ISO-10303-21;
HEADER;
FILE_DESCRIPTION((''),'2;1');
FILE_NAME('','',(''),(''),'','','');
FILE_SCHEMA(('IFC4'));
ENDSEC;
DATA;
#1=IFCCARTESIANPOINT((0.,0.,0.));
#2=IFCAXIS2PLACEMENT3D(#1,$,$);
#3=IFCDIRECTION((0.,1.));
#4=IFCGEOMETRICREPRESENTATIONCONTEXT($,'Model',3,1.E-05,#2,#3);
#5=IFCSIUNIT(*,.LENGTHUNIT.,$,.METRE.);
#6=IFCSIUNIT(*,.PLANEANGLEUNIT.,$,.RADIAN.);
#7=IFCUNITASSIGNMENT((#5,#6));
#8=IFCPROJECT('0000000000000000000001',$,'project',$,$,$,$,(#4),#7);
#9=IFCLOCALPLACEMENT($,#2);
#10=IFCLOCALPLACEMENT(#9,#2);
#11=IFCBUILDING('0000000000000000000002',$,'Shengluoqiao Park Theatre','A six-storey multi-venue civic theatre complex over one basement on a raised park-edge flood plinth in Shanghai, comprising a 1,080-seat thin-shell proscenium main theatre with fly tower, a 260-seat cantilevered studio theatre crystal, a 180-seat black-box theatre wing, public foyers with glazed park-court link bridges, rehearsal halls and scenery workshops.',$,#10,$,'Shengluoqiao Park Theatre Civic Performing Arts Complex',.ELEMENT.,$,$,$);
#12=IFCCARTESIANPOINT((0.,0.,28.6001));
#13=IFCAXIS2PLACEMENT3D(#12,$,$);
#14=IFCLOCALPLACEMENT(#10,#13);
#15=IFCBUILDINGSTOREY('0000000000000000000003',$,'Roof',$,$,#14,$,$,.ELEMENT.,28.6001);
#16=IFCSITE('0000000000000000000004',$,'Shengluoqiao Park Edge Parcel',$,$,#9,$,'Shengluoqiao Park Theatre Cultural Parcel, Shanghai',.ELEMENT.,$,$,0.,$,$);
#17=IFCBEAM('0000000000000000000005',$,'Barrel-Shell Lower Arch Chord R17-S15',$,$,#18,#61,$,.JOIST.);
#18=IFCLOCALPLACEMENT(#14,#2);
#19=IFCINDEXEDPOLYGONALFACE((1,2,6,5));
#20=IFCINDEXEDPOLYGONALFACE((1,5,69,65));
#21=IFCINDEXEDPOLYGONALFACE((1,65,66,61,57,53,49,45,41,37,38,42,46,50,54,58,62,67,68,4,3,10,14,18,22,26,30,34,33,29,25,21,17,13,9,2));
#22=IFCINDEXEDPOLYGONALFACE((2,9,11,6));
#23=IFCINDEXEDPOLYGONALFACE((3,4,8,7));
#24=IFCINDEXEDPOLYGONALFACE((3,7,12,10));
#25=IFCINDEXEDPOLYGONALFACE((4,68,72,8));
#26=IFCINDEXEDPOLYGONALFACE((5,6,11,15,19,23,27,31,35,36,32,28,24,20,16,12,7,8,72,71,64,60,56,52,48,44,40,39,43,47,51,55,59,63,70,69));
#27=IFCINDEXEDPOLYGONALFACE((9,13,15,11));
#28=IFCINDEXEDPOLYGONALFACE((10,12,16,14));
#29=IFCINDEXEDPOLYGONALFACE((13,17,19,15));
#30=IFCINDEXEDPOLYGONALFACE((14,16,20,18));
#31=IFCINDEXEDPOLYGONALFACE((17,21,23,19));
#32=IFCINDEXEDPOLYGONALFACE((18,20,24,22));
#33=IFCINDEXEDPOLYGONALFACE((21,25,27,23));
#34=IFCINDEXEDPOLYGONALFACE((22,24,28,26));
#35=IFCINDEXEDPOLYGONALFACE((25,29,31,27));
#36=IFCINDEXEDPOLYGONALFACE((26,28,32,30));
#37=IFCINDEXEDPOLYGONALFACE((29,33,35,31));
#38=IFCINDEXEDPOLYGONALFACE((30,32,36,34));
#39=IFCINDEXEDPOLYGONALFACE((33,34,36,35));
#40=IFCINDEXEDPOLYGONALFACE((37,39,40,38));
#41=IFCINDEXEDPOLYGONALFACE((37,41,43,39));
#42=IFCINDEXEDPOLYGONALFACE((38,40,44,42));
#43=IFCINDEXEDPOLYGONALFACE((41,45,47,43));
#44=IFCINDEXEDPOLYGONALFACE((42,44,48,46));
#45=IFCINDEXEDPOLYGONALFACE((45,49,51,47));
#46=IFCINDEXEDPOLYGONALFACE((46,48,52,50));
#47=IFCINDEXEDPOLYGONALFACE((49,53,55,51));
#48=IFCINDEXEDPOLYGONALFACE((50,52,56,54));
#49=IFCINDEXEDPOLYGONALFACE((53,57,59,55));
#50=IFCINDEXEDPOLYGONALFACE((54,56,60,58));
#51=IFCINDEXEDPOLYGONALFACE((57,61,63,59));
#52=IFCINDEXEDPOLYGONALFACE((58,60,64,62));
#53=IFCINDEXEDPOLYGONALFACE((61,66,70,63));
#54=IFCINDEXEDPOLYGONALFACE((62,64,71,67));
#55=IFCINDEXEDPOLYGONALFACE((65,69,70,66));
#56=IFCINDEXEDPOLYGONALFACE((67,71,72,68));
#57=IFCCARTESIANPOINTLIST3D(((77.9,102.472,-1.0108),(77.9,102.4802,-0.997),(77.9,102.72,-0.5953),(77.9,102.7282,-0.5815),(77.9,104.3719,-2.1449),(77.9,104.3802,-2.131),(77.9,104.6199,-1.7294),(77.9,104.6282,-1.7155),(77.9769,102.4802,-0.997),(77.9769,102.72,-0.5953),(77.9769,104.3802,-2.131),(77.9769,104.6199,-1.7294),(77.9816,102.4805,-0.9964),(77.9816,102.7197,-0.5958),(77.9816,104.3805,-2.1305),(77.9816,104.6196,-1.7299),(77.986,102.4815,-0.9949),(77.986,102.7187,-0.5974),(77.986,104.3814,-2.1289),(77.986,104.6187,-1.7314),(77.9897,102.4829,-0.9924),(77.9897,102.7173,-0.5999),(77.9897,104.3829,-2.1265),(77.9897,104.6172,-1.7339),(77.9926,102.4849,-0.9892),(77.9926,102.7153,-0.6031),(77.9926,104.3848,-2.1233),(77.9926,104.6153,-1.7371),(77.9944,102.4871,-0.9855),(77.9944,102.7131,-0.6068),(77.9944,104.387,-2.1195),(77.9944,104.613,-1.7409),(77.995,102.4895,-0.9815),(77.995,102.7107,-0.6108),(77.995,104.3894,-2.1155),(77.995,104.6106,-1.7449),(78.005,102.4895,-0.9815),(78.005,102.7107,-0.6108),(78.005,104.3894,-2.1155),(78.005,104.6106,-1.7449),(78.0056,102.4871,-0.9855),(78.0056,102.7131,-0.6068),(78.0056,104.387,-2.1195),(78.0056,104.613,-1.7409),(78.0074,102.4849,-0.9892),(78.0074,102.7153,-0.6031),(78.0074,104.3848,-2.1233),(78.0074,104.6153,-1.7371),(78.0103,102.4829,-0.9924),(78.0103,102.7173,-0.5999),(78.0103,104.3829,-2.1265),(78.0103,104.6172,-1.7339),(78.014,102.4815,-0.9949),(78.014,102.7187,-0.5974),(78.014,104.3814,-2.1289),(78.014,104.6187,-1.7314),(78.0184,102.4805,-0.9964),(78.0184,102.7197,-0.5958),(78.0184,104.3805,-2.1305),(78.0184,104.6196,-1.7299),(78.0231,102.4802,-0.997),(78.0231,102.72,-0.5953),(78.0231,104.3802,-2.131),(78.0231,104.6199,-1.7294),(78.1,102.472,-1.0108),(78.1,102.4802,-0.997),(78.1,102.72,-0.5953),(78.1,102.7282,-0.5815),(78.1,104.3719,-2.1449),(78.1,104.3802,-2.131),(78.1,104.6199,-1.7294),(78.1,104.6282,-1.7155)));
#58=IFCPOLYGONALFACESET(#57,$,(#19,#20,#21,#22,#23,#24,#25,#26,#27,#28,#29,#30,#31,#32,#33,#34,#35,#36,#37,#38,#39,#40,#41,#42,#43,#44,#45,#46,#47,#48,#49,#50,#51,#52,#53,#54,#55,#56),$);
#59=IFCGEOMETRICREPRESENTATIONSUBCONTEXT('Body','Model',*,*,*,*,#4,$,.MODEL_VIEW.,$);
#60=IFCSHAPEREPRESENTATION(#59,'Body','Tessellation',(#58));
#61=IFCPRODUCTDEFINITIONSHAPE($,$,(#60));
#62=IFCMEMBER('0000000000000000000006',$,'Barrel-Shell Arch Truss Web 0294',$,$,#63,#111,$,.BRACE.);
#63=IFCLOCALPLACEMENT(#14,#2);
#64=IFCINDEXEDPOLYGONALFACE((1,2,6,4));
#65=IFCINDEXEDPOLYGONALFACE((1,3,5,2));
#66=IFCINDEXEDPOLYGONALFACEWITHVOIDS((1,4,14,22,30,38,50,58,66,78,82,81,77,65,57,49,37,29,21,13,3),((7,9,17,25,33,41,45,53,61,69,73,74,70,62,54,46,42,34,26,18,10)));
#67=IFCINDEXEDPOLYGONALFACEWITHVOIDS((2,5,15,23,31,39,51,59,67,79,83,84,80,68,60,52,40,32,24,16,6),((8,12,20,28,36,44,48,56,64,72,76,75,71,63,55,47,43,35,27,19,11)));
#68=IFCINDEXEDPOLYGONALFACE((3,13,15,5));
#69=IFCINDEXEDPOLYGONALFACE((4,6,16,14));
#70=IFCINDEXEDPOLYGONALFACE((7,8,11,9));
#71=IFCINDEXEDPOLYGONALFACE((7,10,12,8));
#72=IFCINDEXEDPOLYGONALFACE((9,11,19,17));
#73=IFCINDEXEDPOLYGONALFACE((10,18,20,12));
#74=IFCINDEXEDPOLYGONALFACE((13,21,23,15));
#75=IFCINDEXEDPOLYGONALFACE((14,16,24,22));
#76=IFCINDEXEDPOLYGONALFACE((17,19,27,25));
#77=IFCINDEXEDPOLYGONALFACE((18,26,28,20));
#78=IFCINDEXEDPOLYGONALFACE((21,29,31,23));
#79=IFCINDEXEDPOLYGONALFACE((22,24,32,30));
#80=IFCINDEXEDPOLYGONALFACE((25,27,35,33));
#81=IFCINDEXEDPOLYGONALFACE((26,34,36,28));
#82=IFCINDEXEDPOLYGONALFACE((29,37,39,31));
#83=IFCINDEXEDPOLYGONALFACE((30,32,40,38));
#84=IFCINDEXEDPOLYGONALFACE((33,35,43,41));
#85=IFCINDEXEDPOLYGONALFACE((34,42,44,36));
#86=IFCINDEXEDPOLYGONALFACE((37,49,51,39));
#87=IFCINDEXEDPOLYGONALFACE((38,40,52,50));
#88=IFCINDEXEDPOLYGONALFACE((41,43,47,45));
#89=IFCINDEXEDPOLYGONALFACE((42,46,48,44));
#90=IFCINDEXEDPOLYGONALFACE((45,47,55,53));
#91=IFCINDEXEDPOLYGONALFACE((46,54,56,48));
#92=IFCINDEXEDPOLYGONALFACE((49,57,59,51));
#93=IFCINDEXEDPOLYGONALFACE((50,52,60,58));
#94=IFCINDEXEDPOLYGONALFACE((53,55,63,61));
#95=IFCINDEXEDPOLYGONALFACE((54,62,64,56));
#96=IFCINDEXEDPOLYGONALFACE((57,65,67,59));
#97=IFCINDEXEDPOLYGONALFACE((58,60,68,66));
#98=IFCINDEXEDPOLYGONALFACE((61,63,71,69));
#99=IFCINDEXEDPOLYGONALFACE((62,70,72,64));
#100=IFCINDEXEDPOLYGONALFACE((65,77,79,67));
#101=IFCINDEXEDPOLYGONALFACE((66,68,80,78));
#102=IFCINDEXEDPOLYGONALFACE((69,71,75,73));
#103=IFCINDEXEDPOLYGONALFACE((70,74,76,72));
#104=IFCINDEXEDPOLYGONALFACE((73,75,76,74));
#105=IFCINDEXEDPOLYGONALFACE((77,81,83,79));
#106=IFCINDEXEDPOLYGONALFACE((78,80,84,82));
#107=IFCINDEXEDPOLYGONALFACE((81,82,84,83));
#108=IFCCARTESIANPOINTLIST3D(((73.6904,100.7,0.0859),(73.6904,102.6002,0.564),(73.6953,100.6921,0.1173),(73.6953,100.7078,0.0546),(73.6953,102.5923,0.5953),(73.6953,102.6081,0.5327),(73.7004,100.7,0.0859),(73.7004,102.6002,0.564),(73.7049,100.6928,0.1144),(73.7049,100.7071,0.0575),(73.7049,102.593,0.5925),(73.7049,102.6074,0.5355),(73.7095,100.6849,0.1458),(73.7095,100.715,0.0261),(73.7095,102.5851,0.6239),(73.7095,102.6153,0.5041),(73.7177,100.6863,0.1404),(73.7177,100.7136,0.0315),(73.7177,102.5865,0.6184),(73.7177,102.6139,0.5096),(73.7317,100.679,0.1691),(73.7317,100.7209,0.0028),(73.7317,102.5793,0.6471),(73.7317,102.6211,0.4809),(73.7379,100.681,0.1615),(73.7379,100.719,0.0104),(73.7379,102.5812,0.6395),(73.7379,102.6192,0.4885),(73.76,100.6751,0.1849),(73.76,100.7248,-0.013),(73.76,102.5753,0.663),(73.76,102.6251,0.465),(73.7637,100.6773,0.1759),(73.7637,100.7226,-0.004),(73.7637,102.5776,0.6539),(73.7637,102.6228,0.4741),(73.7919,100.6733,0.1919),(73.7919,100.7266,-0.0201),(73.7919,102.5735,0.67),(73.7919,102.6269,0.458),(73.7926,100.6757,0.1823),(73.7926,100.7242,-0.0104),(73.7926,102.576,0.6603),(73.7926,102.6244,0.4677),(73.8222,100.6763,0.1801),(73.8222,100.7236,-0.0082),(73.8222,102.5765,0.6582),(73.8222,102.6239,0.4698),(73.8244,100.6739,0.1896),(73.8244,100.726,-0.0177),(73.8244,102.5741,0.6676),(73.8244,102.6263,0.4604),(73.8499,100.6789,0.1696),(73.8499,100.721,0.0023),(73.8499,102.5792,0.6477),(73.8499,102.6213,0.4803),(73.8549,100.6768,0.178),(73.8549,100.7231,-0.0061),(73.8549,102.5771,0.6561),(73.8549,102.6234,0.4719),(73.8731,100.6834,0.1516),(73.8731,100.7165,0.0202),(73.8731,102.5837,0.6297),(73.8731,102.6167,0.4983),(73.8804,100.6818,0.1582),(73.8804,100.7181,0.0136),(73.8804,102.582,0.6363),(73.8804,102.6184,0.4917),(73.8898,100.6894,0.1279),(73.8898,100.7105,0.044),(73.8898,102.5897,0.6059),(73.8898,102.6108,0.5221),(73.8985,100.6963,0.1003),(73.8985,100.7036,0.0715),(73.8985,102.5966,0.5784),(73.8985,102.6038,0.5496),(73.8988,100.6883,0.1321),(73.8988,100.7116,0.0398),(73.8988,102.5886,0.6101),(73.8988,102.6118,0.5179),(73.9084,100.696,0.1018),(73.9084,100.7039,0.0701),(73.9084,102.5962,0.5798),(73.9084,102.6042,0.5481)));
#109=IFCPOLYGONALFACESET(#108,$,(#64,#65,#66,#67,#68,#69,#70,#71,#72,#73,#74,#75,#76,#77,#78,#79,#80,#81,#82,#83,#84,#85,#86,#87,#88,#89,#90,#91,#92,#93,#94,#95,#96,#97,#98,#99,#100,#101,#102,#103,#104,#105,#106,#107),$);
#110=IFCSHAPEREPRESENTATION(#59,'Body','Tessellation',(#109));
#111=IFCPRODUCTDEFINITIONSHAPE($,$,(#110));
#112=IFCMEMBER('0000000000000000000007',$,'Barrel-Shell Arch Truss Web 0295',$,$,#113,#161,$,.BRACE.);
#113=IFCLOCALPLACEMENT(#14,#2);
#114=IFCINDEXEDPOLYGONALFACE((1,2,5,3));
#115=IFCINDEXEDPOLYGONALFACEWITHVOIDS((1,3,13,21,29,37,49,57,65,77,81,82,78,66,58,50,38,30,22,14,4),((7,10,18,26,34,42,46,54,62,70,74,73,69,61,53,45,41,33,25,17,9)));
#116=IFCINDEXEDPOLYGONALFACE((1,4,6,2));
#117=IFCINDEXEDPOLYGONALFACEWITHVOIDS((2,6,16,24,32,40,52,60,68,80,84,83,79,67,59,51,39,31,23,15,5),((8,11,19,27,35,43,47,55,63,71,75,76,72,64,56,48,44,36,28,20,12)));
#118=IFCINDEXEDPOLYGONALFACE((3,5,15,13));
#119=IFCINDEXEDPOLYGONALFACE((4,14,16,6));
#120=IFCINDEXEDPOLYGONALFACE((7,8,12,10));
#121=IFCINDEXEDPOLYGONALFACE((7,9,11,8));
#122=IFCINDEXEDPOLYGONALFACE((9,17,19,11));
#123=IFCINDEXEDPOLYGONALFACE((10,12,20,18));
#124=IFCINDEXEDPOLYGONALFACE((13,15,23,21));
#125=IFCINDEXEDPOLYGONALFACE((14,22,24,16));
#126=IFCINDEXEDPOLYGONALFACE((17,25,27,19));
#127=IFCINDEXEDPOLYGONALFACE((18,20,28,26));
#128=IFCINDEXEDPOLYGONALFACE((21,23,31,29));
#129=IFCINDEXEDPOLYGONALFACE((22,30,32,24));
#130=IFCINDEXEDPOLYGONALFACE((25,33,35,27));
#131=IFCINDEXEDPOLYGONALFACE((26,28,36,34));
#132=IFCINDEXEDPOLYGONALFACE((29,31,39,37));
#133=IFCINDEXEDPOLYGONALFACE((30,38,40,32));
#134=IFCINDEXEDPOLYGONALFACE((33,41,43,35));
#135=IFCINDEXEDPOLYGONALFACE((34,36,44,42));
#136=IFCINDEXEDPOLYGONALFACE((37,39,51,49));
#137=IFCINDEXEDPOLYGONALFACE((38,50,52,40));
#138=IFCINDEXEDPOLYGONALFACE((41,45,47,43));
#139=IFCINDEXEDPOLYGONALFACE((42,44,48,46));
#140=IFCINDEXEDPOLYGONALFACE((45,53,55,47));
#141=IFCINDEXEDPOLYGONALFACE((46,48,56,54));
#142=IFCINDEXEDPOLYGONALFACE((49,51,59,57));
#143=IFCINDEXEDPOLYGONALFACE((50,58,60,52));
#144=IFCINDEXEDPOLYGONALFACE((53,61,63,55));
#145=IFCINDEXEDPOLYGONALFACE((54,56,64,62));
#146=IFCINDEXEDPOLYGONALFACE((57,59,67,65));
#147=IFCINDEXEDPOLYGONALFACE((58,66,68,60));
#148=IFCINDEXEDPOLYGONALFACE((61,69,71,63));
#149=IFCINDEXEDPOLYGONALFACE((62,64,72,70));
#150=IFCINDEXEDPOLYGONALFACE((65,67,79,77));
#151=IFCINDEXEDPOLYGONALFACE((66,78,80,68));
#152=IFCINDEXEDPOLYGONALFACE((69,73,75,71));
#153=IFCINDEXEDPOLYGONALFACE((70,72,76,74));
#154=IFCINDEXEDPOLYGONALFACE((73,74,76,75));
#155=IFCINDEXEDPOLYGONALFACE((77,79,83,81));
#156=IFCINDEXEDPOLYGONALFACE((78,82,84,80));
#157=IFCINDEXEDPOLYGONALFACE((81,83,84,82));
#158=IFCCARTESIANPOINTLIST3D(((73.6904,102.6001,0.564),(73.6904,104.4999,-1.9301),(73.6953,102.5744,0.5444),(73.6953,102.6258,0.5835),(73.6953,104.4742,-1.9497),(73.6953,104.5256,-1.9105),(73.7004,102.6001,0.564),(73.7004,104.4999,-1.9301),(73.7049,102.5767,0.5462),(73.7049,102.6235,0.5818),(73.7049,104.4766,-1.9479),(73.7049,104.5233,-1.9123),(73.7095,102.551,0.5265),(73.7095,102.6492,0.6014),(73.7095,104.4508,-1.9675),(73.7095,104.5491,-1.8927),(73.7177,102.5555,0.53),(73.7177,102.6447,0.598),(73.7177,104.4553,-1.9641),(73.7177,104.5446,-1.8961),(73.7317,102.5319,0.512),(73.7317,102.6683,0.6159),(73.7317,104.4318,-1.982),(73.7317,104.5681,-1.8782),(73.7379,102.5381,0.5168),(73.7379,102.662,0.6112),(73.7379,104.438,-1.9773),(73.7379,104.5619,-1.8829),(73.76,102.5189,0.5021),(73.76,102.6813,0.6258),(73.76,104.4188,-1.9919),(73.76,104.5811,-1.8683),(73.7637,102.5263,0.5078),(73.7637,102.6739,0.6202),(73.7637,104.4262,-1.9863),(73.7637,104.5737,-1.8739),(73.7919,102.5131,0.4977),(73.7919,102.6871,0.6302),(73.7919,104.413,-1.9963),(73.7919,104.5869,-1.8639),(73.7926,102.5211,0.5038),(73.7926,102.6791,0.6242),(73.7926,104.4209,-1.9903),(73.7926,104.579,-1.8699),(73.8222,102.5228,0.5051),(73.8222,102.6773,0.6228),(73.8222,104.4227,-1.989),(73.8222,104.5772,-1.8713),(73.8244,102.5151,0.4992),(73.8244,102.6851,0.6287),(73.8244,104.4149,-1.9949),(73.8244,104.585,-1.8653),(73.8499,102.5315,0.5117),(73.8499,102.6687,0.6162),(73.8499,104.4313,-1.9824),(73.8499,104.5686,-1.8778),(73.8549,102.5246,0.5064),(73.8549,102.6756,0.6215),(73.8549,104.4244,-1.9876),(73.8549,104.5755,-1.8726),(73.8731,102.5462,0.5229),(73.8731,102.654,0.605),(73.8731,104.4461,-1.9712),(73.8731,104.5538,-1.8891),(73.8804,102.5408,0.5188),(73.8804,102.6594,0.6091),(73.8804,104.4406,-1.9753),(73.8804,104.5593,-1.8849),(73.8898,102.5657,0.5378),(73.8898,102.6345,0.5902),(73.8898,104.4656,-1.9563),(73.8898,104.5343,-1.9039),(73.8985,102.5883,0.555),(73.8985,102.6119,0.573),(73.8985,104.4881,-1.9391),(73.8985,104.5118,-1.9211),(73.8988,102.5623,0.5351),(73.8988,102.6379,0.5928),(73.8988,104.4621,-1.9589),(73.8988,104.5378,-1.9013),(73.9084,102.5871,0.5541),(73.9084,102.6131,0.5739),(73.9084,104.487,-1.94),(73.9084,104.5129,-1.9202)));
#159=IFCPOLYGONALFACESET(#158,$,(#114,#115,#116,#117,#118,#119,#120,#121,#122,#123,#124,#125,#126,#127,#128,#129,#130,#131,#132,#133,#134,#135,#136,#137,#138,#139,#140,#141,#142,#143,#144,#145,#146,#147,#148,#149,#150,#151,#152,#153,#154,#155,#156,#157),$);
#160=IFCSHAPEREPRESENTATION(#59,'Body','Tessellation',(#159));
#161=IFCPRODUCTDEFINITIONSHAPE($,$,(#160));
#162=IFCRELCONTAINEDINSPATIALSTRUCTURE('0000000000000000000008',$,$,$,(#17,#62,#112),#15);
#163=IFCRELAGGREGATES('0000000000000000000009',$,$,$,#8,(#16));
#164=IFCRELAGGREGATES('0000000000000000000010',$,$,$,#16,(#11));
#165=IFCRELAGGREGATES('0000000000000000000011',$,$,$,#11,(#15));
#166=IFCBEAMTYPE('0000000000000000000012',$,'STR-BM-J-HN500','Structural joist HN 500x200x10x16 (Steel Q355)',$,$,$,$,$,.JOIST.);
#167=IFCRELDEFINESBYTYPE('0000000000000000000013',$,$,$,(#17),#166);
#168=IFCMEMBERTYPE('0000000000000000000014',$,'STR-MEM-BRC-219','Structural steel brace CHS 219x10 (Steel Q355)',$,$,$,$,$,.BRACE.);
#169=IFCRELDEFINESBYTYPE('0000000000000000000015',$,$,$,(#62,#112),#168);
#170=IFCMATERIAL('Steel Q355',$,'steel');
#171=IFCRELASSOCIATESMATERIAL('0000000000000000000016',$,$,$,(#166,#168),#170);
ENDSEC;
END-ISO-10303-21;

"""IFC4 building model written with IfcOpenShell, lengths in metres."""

from ifc_helpers import new_model, si_unit, direction, frame, origin, origin_2d, place, context, subcontext, project, spatial, hollow_circle, i_section, extrude, material, material_profile, profile_set, type_object, element, save


model = new_model("IFC4")

# Units and contexts
model_context = context("Model", 3, precision=1e-05, world=origin(), true_north=direction((0.0, 1.0)))
body_context = subcontext(model_context, "Body", "Model", "MODEL_VIEW")
ifc_project = project(units=[si_unit("LENGTHUNIT", "METRE"), si_unit("PLANEANGLEUNIT", "RADIAN")], contexts=[model_context])

# Site, building, storey
site_placement = place(None, origin())
site = spatial("IfcSite", under=ifc_project, at=site_placement, Name="Shengluoqiao Park Edge Parcel", LongName="Shengluoqiao Park Theatre Cultural Parcel, Shanghai", CompositionType="ELEMENT", RefElevation=0.0)
building_placement = place(site_placement, origin())
building = spatial("IfcBuilding", under=site, at=building_placement, Name="Shengluoqiao Park Theatre", Description="A six-storey multi-venue civic theatre complex over one basement on a raised park-edge flood plinth in Shanghai, comprising a 1,080-seat thin-shell proscenium main theatre with fly tower, a 260-seat cantilevered studio theatre crystal, a 180-seat black-box theatre wing, public foyers with glazed park-court link bridges, rehearsal halls and scenery workshops.", LongName="Shengluoqiao Park Theatre Civic Performing Arts Complex", CompositionType="ELEMENT")
storey_placement = place(building_placement, frame((0.0, 0.0, 28.6001)))
storey = spatial("IfcBuildingStorey", under=building, at=storey_placement, Name="Roof", CompositionType="ELEMENT", Elevation=28.6001)

# Beam
ifc_material_1 = material(Name="Steel Q355", Category="steel")
ifc_material_profile_1 = material_profile(ifc_material_1, i_section(OverallWidth=0.2, OverallDepth=0.5, WebThickness=0.01, FlangeThickness=0.0161, FilletRadius=0.0181, at=origin_2d()), Name="HN 500x200x10x16")
ifc_profile_set_1 = profile_set([ifc_material_profile_1], Name="Steel Q355")
beam_type_1 = type_object("IfcBeamType", Name="STR-BM-J-HN500", Description="Structural joist HN 500x200x10x16 (Steel Q355)", PredefinedType="JOIST", material=ifc_profile_set_1)
beam_1_placement = place(storey_placement, frame((78.0, 102.6001, -0.7961), z_axis=(0.0, 0.858669, -0.512531), x_axis=(-1.0, 0.0, 0.0)))
element("IfcBeam", 1, at=beam_1_placement, inside=storey, type_object=beam_type_1, Name="Barrel-Shell Lower Arch Chord R17-S15", PredefinedType="JOIST", context=body_context, shape_type="SweptSolid", body=[
    extrude(i_section(OverallWidth=0.2, OverallDepth=0.5, WebThickness=0.01, FlangeThickness=0.0161, FilletRadius=0.0181, at=origin_2d()), origin(), (0.0, 0.0, 1.0), 2.2126),
])

# Members
ifc_material_profile_2 = material_profile(ifc_material_1, hollow_circle(Radius=0.1096, WallThickness=0.01, at=origin_2d()), Name="CHS 219x10")
ifc_profile_set_2 = profile_set([ifc_material_profile_2], Name="Steel Q355")
member_type_1 = type_object("IfcMemberType", Name="STR-MEM-BRC-219", Description="Structural steel brace CHS 219x10 (Steel Q355)", PredefinedType="BRACE", material=ifc_profile_set_2)
member_1_placement = place(storey_placement, frame((73.8, 100.7, 0.0859), z_axis=(0.0, 0.969782, 0.243972), x_axis=(-1.0, 0.0, 0.0)))
element("IfcMember", 2, at=member_1_placement, inside=storey, type_object=member_type_1, Name="Barrel-Shell Arch Truss Web 0294", PredefinedType="BRACE", context=body_context, shape_type="SweptSolid", body=[
    extrude(hollow_circle(Radius=0.1096, WallThickness=0.01, at=origin_2d()), origin(), (0.0, 0.0, 1.0), 1.9595),
])
member_2_placement = place(storey_placement, frame((73.8, 102.6001, 0.564), z_axis=(0.0, 0.605963, -0.795492), x_axis=(-1.0, 0.0, 0.0)))
element("IfcMember", 3, at=member_2_placement, inside=storey, type_object=member_type_1, Name="Barrel-Shell Arch Truss Web 0295", PredefinedType="BRACE", context=body_context, shape_type="SweptSolid", body=[
    extrude(hollow_circle(Radius=0.1096, WallThickness=0.01, at=origin_2d()), origin(), (0.0, 0.0, 1.0), 3.1353),
])

save(model, "model.ifc")
